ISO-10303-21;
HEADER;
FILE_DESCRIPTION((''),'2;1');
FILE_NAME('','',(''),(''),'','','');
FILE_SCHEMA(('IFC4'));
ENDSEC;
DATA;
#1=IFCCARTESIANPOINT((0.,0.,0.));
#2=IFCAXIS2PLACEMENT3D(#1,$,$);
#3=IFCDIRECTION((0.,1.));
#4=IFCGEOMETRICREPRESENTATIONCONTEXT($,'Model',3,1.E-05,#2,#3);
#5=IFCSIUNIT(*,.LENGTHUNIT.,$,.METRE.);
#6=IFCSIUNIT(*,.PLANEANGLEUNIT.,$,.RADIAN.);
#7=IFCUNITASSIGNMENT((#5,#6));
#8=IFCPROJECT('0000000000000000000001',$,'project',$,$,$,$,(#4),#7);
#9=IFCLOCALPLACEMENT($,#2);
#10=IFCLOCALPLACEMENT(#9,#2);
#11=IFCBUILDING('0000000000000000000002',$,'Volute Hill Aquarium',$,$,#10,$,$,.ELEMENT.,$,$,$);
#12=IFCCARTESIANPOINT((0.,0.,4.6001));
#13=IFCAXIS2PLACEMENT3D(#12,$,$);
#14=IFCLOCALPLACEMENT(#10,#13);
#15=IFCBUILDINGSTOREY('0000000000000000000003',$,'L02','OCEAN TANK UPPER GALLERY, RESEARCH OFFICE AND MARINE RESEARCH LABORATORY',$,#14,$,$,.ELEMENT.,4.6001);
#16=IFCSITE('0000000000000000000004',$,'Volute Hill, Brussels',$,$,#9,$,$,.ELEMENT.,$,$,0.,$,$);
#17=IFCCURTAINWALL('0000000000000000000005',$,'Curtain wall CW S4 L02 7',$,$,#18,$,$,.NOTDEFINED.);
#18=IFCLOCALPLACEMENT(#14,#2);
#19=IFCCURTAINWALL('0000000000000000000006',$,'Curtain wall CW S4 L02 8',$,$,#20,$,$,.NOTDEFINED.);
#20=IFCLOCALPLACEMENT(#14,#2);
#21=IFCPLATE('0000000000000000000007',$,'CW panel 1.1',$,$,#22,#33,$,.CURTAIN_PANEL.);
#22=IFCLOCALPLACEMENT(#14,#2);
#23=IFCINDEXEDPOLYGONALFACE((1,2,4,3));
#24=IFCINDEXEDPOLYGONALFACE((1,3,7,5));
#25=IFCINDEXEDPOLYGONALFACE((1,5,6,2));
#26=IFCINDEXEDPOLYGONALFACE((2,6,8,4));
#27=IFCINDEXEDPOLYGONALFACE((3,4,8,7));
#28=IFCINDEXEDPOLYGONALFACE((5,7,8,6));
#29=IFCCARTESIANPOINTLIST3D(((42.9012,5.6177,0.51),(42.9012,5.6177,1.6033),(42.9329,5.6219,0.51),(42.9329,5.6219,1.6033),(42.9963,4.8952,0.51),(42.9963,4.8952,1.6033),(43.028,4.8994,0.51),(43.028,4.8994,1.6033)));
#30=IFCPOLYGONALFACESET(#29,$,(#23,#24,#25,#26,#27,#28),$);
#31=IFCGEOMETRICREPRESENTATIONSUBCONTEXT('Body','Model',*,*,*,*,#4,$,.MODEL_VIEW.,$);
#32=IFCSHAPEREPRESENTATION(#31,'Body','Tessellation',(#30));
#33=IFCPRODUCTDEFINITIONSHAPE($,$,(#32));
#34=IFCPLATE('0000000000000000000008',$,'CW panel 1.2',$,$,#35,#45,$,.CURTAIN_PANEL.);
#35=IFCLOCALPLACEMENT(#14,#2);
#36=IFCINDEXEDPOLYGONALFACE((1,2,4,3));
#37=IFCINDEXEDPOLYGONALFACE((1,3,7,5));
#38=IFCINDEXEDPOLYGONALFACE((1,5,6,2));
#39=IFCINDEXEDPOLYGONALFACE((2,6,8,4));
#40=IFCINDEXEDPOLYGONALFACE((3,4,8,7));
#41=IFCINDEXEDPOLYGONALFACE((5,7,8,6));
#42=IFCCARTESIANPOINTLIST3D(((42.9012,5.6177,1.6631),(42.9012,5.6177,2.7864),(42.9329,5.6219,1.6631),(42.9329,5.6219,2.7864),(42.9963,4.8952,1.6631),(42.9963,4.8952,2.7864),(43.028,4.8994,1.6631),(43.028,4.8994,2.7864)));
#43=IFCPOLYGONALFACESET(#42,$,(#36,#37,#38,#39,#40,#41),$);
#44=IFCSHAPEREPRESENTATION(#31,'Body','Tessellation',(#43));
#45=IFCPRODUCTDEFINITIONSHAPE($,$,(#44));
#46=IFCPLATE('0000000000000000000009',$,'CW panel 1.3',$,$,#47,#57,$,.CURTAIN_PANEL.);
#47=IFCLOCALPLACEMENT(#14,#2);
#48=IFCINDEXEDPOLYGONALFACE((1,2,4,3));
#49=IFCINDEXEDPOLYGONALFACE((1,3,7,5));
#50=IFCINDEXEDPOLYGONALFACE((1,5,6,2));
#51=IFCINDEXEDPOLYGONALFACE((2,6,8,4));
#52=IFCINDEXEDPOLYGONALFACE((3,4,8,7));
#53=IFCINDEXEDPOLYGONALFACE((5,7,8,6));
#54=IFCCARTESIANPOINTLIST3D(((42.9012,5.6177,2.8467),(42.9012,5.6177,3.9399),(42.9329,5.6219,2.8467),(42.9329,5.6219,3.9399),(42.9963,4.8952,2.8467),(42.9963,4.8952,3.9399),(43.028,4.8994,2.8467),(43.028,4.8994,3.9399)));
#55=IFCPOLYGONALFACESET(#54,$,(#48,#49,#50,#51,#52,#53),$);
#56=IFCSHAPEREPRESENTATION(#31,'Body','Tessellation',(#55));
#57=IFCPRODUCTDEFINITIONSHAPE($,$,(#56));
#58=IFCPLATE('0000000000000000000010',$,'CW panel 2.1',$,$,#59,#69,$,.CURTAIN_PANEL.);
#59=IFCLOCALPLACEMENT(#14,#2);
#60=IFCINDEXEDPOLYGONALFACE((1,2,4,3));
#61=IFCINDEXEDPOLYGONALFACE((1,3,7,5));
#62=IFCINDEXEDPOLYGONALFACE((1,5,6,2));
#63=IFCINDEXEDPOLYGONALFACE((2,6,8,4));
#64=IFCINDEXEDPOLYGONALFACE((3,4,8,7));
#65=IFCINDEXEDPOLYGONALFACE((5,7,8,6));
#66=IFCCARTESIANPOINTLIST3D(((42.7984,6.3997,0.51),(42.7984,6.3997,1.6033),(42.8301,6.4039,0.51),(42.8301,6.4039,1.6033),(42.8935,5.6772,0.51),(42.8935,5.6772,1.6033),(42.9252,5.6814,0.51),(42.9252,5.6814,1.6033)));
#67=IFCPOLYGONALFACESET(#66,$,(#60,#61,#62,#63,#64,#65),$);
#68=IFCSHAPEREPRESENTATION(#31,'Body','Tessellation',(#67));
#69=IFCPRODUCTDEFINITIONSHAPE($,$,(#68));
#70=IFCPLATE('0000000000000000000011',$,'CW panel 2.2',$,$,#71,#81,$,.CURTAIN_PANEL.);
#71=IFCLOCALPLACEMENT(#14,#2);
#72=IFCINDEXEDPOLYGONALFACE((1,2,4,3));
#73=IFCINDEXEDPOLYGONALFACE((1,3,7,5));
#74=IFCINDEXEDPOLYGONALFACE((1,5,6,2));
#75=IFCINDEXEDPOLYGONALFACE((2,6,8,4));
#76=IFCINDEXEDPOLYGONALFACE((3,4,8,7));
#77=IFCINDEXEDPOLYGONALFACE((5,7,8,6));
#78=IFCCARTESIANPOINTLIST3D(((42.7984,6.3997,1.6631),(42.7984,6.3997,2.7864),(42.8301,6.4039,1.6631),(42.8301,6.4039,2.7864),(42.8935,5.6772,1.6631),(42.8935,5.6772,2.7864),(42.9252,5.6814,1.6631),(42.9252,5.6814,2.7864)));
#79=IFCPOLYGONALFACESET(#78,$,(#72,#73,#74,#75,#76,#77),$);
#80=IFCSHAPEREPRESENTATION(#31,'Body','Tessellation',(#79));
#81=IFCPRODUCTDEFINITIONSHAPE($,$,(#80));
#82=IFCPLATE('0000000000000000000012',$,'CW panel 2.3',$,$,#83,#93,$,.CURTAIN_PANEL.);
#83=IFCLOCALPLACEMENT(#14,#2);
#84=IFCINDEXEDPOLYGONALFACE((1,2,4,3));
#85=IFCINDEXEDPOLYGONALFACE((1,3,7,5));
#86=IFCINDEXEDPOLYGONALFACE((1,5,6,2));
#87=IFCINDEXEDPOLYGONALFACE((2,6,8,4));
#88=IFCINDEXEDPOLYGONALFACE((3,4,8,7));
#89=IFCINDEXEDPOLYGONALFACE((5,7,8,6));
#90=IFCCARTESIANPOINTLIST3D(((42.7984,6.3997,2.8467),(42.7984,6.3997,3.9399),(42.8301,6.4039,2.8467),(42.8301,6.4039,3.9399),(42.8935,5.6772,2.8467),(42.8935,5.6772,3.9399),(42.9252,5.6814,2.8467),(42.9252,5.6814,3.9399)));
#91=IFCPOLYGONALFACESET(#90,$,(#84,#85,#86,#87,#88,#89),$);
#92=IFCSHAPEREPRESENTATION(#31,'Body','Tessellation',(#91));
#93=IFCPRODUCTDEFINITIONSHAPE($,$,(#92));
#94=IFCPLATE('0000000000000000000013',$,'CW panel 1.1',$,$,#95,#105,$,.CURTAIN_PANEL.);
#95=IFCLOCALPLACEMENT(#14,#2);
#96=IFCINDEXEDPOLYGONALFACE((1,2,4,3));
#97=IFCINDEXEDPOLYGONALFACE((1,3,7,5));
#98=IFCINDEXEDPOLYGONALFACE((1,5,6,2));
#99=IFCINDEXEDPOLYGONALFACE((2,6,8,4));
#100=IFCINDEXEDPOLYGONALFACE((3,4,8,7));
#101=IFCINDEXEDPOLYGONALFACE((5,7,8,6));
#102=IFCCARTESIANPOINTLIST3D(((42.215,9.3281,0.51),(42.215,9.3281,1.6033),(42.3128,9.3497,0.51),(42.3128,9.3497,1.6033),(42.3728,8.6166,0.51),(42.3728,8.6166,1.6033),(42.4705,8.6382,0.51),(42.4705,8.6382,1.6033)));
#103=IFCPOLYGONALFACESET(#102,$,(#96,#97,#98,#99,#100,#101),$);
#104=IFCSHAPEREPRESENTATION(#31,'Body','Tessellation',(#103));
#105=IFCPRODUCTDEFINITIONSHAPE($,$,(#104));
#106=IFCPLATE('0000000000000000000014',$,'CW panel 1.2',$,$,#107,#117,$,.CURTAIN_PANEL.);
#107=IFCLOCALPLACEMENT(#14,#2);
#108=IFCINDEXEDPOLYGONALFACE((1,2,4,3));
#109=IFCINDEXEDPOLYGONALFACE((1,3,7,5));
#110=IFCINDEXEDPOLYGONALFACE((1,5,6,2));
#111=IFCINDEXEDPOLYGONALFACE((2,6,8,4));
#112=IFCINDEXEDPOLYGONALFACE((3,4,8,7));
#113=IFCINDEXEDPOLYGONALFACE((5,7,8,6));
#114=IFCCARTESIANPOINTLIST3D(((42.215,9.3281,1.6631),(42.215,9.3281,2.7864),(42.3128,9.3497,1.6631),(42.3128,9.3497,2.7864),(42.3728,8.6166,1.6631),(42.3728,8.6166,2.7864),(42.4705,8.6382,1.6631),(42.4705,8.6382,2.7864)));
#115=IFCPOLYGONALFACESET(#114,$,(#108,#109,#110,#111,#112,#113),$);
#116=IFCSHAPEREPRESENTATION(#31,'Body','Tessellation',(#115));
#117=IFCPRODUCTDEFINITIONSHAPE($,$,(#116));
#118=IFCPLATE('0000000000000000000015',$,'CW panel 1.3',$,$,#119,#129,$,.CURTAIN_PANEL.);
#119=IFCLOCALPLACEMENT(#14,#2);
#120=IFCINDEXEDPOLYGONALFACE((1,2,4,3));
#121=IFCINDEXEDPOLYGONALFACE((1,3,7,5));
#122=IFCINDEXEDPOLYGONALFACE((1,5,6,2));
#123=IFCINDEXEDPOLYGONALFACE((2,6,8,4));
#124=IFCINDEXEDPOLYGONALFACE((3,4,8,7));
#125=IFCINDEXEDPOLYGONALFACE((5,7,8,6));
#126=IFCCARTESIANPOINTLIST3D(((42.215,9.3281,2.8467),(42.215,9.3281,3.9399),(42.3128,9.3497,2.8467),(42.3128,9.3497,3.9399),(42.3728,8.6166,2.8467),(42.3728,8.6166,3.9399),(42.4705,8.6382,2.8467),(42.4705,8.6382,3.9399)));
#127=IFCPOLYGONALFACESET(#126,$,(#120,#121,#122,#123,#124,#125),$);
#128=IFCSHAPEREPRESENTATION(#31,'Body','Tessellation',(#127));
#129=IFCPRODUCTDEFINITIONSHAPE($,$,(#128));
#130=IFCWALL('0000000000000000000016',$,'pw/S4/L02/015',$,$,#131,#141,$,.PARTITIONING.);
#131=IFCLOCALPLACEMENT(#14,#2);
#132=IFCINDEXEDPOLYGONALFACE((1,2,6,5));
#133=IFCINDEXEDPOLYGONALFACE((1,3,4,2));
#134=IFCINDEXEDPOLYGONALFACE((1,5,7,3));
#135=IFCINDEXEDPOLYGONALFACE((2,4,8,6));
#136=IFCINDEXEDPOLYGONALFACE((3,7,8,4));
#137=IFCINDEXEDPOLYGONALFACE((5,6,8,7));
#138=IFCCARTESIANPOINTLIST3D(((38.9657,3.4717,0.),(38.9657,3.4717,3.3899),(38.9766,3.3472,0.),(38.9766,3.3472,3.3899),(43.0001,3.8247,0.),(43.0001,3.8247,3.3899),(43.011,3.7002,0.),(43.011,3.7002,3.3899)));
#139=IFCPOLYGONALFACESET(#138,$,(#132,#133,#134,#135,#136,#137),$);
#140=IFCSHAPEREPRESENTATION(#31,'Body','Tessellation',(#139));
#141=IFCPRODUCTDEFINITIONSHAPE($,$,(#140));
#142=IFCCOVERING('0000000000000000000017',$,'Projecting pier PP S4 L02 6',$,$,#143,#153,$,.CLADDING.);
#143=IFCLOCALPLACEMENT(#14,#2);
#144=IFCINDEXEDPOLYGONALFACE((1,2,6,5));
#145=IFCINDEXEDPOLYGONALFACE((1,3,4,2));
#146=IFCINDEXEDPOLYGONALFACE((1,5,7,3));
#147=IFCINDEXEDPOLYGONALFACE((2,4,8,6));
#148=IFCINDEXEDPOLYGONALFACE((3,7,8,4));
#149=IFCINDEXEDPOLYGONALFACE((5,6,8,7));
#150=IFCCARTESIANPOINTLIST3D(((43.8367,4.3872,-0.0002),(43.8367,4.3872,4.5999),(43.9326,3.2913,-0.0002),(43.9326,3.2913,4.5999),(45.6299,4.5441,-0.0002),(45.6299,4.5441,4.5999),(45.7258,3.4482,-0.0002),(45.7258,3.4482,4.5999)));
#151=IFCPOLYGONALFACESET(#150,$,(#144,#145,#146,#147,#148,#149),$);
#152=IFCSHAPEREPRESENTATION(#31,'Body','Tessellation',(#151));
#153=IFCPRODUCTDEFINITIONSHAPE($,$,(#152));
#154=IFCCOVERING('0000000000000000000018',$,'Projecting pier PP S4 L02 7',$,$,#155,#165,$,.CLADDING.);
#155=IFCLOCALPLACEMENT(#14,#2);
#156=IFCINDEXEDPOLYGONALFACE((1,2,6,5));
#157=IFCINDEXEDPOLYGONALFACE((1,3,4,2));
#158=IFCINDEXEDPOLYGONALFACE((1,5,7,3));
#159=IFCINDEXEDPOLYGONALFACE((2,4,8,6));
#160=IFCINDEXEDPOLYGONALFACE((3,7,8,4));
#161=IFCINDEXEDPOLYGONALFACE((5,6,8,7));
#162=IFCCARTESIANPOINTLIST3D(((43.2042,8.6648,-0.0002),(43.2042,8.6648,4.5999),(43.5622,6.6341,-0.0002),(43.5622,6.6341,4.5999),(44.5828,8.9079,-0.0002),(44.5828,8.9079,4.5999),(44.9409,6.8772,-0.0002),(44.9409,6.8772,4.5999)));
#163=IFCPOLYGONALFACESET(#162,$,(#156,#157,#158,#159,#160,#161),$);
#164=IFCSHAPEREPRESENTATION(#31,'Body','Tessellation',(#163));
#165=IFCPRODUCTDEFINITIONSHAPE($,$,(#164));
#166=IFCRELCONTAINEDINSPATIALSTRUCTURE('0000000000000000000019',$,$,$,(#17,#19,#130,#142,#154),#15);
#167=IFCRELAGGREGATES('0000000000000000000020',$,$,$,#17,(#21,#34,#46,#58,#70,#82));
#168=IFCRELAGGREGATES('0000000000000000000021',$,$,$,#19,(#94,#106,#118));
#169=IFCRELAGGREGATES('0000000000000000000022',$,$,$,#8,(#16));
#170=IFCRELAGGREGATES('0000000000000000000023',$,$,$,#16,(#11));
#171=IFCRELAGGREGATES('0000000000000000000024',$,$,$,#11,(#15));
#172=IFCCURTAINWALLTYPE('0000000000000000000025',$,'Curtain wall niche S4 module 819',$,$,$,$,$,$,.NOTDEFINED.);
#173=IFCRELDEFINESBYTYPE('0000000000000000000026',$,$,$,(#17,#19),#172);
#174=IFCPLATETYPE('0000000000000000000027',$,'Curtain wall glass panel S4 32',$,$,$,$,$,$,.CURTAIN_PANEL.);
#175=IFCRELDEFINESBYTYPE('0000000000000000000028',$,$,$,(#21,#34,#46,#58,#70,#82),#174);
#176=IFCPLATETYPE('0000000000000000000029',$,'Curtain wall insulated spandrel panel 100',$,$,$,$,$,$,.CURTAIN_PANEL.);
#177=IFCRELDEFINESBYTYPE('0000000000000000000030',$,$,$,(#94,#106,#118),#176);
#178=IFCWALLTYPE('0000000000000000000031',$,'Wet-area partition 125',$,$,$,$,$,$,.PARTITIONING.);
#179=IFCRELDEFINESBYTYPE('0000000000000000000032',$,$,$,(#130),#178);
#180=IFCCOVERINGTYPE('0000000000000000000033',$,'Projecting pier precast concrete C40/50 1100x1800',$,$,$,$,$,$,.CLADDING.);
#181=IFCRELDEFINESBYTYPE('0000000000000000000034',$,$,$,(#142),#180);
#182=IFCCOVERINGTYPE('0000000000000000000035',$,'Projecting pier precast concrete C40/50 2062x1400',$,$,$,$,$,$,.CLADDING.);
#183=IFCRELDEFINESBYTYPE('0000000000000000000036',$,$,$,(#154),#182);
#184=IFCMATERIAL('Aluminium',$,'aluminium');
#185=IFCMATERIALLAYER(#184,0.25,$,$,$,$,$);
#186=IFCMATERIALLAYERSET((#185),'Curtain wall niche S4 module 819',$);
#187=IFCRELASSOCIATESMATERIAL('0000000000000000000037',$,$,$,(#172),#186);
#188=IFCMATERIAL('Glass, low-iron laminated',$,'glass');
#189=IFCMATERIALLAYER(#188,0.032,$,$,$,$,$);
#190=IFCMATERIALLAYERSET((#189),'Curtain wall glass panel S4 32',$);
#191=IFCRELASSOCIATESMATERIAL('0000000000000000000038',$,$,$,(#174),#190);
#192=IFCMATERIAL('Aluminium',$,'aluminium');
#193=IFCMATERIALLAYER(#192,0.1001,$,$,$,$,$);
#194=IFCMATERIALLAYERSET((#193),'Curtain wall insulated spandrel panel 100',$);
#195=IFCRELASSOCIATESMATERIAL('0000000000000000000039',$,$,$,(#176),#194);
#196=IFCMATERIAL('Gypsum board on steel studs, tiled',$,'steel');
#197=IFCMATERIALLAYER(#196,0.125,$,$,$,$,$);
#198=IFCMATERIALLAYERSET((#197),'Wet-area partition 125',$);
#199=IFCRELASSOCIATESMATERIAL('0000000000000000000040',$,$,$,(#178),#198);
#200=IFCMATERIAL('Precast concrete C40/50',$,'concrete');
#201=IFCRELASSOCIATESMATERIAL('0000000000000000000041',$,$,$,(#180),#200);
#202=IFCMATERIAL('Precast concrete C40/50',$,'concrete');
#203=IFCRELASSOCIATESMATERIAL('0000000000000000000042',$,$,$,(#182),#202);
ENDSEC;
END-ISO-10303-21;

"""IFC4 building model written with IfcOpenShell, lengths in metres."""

from ifc_helpers import new_model, si_unit, direction, frame, frame_2d, origin, origin_2d, place, context, subcontext, project, spatial, rectangle, extrude, material, layer, layer_set, type_object, element, aggregate, save


model = new_model("IFC4")

# Units and contexts
model_context = context("Model", 3, precision=1e-05, world=origin(), true_north=direction((0.0, 1.0)))
body_context = subcontext(model_context, "Body", "Model", "MODEL_VIEW")
ifc_project = project(units=[si_unit("LENGTHUNIT", "METRE"), si_unit("PLANEANGLEUNIT", "RADIAN")], contexts=[model_context])

# Site, building, storey
site_placement = place(None, origin())
site = spatial("IfcSite", under=ifc_project, at=site_placement, Name="Volute Hill, Brussels", CompositionType="ELEMENT", RefElevation=0.0)
building_placement = place(site_placement, origin())
building = spatial("IfcBuilding", under=site, at=building_placement, Name="Volute Hill Aquarium", CompositionType="ELEMENT")
storey_placement = place(building_placement, frame((0.0, 0.0, 4.6001)))
storey = spatial("IfcBuildingStorey", under=building, at=storey_placement, Name="L02", Description="OCEAN TANK UPPER GALLERY, RESEARCH OFFICE AND MARINE RESEARCH LABORATORY", CompositionType="ELEMENT", Elevation=4.6001)

# Curtain walls
ifc_material_1 = material(Name="Aluminium", Category="aluminium")
ifc_layer_1 = layer(ifc_material_1, 0.25)
ifc_layer_set_1 = layer_set([ifc_layer_1], Name="Curtain wall niche S4 module 819")
curtain_wall_type = type_object("IfcCurtainWallType", Name="Curtain wall niche S4 module 819", PredefinedType="NOTDEFINED", material=ifc_layer_set_1)
curtain_wall_1_placement = place(storey_placement, origin())
curtain_wall_1 = element("IfcCurtainWall", 1, at=curtain_wall_1_placement, inside=storey, type_object=curtain_wall_type, Name="Curtain wall CW S4 L02 7", PredefinedType="NOTDEFINED")
curtain_wall_2_placement = place(storey_placement, origin())
curtain_wall_2 = element("IfcCurtainWall", 2, at=curtain_wall_2_placement, inside=storey, type_object=curtain_wall_type, Name="Curtain wall CW S4 L02 8", PredefinedType="NOTDEFINED")

# Plates
ifc_material_2 = material(Name="Glass, low-iron laminated", Category="glass")
ifc_layer_2 = layer(ifc_material_2, 0.032)
ifc_layer_set_2 = layer_set([ifc_layer_2], Name="Curtain wall glass panel S4 32")
plate_type_1 = type_object("IfcPlateType", Name="Curtain wall glass panel S4 32", PredefinedType="CURTAIN_PANEL", material=ifc_layer_set_2)
plate_1_placement = place(storey_placement, frame((42.9646, 5.2585, 0.51), z_axis=(0.0, 0.0, 1.0), x_axis=(-0.130516, 0.991446, 0.0)))
plate_1 = element("IfcPlate", 3, at=plate_1_placement, type_object=plate_type_1, Name="CW panel 1.1", PredefinedType="CURTAIN_PANEL", context=body_context, shape_type="SweptSolid", body=[
    extrude(rectangle(XDim=0.7288, YDim=0.032, at=origin_2d()), origin(), (0.0, 0.0, 1.0), 1.0933),
])
plate_2_placement = place(storey_placement, frame((42.9646, 5.2585, 1.6631), z_axis=(0.0, 0.0, 1.0), x_axis=(-0.130516, 0.991446, 0.0)))
plate_2 = element("IfcPlate", 4, at=plate_2_placement, type_object=plate_type_1, Name="CW panel 1.2", PredefinedType="CURTAIN_PANEL", context=body_context, shape_type="SweptSolid", body=[
    extrude(rectangle(XDim=0.7288, YDim=0.032, at=origin_2d()), origin(), (0.0, 0.0, 1.0), 1.1233),
])
plate_3_placement = place(storey_placement, frame((42.9646, 5.2585, 2.8467), z_axis=(0.0, 0.0, 1.0), x_axis=(-0.130516, 0.991446, 0.0)))
plate_3 = element("IfcPlate", 5, at=plate_3_placement, type_object=plate_type_1, Name="CW panel 1.3", PredefinedType="CURTAIN_PANEL", context=body_context, shape_type="SweptSolid", body=[
    extrude(rectangle(XDim=0.7288, YDim=0.032, at=origin_2d()), origin(), (0.0, 0.0, 1.0), 1.0933),
])
plate_4_placement = place(storey_placement, frame((42.8618, 6.0405, 0.51), z_axis=(0.0, 0.0, 1.0), x_axis=(-0.130516, 0.991446, 0.0)))
plate_4 = element("IfcPlate", 6, at=plate_4_placement, type_object=plate_type_1, Name="CW panel 2.1", PredefinedType="CURTAIN_PANEL", context=body_context, shape_type="SweptSolid", body=[
    extrude(rectangle(XDim=0.7288, YDim=0.032, at=origin_2d()), origin(), (0.0, 0.0, 1.0), 1.0933),
])
plate_5_placement = place(storey_placement, frame((42.8618, 6.0405, 1.6631), z_axis=(0.0, 0.0, 1.0), x_axis=(-0.130516, 0.991446, 0.0)))
plate_5 = element("IfcPlate", 7, at=plate_5_placement, type_object=plate_type_1, Name="CW panel 2.2", PredefinedType="CURTAIN_PANEL", context=body_context, shape_type="SweptSolid", body=[
    extrude(rectangle(XDim=0.7288, YDim=0.032, at=origin_2d()), origin(), (0.0, 0.0, 1.0), 1.1233),
])
plate_6_placement = place(storey_placement, frame((42.8618, 6.0405, 2.8467), z_axis=(0.0, 0.0, 1.0), x_axis=(-0.130516, 0.991446, 0.0)))
plate_6 = element("IfcPlate", 8, at=plate_6_placement, type_object=plate_type_1, Name="CW panel 2.3", PredefinedType="CURTAIN_PANEL", context=body_context, shape_type="SweptSolid", body=[
    extrude(rectangle(XDim=0.7288, YDim=0.032, at=origin_2d()), origin(), (0.0, 0.0, 1.0), 1.0933),
])
aggregate(curtain_wall_1, [plate_1, plate_2, plate_3, plate_4, plate_5, plate_6])
ifc_material_3 = material(Name="Aluminium", Category="aluminium")
ifc_layer_3 = layer(ifc_material_3, 0.1001)
ifc_layer_set_3 = layer_set([ifc_layer_3], Name="Curtain wall insulated spandrel panel 100")
plate_type_2 = type_object("IfcPlateType", Name="Curtain wall insulated spandrel panel 100", PredefinedType="CURTAIN_PANEL", material=ifc_layer_set_3)
plate_7_placement = place(storey_placement, frame((42.3428, 8.9832, 0.51), z_axis=(0.0, 0.0, 1.0), x_axis=(-0.216436, 0.976297, 0.0)))
plate_7 = element("IfcPlate", 9, at=plate_7_placement, type_object=plate_type_2, Name="CW panel 1.1", PredefinedType="CURTAIN_PANEL", context=body_context, shape_type="SweptSolid", body=[
    extrude(rectangle(XDim=0.7288, YDim=0.1001, at=origin_2d()), origin(), (0.0, 0.0, 1.0), 1.0933),
])
plate_8_placement = place(storey_placement, frame((42.3428, 8.9832, 1.6631), z_axis=(0.0, 0.0, 1.0), x_axis=(-0.216436, 0.976297, 0.0)))
plate_8 = element("IfcPlate", 10, at=plate_8_placement, type_object=plate_type_2, Name="CW panel 1.2", PredefinedType="CURTAIN_PANEL", context=body_context, shape_type="SweptSolid", body=[
    extrude(rectangle(XDim=0.7288, YDim=0.1001, at=origin_2d()), origin(), (0.0, 0.0, 1.0), 1.1233),
])
plate_9_placement = place(storey_placement, frame((42.3428, 8.9832, 2.8467), z_axis=(0.0, 0.0, 1.0), x_axis=(-0.216436, 0.976297, 0.0)))
plate_9 = element("IfcPlate", 11, at=plate_9_placement, type_object=plate_type_2, Name="CW panel 1.3", PredefinedType="CURTAIN_PANEL", context=body_context, shape_type="SweptSolid", body=[
    extrude(rectangle(XDim=0.7288, YDim=0.1001, at=origin_2d()), origin(), (0.0, 0.0, 1.0), 1.0933),
])
aggregate(curtain_wall_2, [plate_7, plate_8, plate_9])

# Wall
ifc_material_4 = material(Name="Gypsum board on steel studs, tiled", Category="steel")
ifc_layer_4 = layer(ifc_material_4, 0.125)
ifc_layer_set_4 = layer_set([ifc_layer_4], Name="Wet-area partition 125")
wall_type = type_object("IfcWallType", Name="Wet-area partition 125", PredefinedType="PARTITIONING", material=ifc_layer_set_4)
wall_placement = place(storey_placement, frame((38.9712, 3.4094, 0.0), z_axis=(0.0, 0.0, 1.0), x_axis=(0.996193, 0.087171, 0.0)))
element("IfcWall", 12, at=wall_placement, inside=storey, type_object=wall_type, Name="pw/S4/L02/015", PredefinedType="PARTITIONING", context=body_context, shape_type="SweptSolid", body=[
    extrude(rectangle(XDim=4.0498, YDim=0.125, at=frame_2d((2.0249, 0.0))), origin(), (0.0, 0.0, 1.0), 3.3899),
])

# Coverings
ifc_material_5 = material(Name="Precast concrete C40/50", Category="concrete")
covering_type_1 = type_object("IfcCoveringType", Name="Projecting pier precast concrete C40/50 1100x1800", PredefinedType="CLADDING", material=ifc_material_5)
covering_1_placement = place(storey_placement, frame((44.7812, 3.9177, -0.0002), z_axis=(0.0, 0.0, 1.0), x_axis=(-0.087156, 0.996195, 0.0)))
element("IfcCovering", 13, at=covering_1_placement, inside=storey, type_object=covering_type_1, Name="Projecting pier PP S4 L02 6", PredefinedType="CLADDING", context=body_context, shape_type="SweptSolid", body=[
    extrude(rectangle(XDim=1.1001, YDim=1.8, at=origin_2d()), origin(), (0.0, 0.0, 1.0), 4.6001),
])
ifc_material_6 = material(Name="Precast concrete C40/50", Category="concrete")
covering_type_2 = type_object("IfcCoveringType", Name="Projecting pier precast concrete C40/50 2062x1400", PredefinedType="CLADDING", material=ifc_material_6)
covering_2_placement = place(storey_placement, frame((44.0725, 7.771, -0.0002), z_axis=(0.0, 0.0, 1.0), x_axis=(-0.173648, 0.984808, 0.0)))
element("IfcCovering", 14, at=covering_2_placement, inside=storey, type_object=covering_type_2, Name="Projecting pier PP S4 L02 7", PredefinedType="CLADDING", context=body_context, shape_type="SweptSolid", body=[
    extrude(rectangle(XDim=2.062, YDim=1.3999, at=origin_2d()), origin(), (0.0, 0.0, 1.0), 4.6001),
])

save(model, "model.ifc")
